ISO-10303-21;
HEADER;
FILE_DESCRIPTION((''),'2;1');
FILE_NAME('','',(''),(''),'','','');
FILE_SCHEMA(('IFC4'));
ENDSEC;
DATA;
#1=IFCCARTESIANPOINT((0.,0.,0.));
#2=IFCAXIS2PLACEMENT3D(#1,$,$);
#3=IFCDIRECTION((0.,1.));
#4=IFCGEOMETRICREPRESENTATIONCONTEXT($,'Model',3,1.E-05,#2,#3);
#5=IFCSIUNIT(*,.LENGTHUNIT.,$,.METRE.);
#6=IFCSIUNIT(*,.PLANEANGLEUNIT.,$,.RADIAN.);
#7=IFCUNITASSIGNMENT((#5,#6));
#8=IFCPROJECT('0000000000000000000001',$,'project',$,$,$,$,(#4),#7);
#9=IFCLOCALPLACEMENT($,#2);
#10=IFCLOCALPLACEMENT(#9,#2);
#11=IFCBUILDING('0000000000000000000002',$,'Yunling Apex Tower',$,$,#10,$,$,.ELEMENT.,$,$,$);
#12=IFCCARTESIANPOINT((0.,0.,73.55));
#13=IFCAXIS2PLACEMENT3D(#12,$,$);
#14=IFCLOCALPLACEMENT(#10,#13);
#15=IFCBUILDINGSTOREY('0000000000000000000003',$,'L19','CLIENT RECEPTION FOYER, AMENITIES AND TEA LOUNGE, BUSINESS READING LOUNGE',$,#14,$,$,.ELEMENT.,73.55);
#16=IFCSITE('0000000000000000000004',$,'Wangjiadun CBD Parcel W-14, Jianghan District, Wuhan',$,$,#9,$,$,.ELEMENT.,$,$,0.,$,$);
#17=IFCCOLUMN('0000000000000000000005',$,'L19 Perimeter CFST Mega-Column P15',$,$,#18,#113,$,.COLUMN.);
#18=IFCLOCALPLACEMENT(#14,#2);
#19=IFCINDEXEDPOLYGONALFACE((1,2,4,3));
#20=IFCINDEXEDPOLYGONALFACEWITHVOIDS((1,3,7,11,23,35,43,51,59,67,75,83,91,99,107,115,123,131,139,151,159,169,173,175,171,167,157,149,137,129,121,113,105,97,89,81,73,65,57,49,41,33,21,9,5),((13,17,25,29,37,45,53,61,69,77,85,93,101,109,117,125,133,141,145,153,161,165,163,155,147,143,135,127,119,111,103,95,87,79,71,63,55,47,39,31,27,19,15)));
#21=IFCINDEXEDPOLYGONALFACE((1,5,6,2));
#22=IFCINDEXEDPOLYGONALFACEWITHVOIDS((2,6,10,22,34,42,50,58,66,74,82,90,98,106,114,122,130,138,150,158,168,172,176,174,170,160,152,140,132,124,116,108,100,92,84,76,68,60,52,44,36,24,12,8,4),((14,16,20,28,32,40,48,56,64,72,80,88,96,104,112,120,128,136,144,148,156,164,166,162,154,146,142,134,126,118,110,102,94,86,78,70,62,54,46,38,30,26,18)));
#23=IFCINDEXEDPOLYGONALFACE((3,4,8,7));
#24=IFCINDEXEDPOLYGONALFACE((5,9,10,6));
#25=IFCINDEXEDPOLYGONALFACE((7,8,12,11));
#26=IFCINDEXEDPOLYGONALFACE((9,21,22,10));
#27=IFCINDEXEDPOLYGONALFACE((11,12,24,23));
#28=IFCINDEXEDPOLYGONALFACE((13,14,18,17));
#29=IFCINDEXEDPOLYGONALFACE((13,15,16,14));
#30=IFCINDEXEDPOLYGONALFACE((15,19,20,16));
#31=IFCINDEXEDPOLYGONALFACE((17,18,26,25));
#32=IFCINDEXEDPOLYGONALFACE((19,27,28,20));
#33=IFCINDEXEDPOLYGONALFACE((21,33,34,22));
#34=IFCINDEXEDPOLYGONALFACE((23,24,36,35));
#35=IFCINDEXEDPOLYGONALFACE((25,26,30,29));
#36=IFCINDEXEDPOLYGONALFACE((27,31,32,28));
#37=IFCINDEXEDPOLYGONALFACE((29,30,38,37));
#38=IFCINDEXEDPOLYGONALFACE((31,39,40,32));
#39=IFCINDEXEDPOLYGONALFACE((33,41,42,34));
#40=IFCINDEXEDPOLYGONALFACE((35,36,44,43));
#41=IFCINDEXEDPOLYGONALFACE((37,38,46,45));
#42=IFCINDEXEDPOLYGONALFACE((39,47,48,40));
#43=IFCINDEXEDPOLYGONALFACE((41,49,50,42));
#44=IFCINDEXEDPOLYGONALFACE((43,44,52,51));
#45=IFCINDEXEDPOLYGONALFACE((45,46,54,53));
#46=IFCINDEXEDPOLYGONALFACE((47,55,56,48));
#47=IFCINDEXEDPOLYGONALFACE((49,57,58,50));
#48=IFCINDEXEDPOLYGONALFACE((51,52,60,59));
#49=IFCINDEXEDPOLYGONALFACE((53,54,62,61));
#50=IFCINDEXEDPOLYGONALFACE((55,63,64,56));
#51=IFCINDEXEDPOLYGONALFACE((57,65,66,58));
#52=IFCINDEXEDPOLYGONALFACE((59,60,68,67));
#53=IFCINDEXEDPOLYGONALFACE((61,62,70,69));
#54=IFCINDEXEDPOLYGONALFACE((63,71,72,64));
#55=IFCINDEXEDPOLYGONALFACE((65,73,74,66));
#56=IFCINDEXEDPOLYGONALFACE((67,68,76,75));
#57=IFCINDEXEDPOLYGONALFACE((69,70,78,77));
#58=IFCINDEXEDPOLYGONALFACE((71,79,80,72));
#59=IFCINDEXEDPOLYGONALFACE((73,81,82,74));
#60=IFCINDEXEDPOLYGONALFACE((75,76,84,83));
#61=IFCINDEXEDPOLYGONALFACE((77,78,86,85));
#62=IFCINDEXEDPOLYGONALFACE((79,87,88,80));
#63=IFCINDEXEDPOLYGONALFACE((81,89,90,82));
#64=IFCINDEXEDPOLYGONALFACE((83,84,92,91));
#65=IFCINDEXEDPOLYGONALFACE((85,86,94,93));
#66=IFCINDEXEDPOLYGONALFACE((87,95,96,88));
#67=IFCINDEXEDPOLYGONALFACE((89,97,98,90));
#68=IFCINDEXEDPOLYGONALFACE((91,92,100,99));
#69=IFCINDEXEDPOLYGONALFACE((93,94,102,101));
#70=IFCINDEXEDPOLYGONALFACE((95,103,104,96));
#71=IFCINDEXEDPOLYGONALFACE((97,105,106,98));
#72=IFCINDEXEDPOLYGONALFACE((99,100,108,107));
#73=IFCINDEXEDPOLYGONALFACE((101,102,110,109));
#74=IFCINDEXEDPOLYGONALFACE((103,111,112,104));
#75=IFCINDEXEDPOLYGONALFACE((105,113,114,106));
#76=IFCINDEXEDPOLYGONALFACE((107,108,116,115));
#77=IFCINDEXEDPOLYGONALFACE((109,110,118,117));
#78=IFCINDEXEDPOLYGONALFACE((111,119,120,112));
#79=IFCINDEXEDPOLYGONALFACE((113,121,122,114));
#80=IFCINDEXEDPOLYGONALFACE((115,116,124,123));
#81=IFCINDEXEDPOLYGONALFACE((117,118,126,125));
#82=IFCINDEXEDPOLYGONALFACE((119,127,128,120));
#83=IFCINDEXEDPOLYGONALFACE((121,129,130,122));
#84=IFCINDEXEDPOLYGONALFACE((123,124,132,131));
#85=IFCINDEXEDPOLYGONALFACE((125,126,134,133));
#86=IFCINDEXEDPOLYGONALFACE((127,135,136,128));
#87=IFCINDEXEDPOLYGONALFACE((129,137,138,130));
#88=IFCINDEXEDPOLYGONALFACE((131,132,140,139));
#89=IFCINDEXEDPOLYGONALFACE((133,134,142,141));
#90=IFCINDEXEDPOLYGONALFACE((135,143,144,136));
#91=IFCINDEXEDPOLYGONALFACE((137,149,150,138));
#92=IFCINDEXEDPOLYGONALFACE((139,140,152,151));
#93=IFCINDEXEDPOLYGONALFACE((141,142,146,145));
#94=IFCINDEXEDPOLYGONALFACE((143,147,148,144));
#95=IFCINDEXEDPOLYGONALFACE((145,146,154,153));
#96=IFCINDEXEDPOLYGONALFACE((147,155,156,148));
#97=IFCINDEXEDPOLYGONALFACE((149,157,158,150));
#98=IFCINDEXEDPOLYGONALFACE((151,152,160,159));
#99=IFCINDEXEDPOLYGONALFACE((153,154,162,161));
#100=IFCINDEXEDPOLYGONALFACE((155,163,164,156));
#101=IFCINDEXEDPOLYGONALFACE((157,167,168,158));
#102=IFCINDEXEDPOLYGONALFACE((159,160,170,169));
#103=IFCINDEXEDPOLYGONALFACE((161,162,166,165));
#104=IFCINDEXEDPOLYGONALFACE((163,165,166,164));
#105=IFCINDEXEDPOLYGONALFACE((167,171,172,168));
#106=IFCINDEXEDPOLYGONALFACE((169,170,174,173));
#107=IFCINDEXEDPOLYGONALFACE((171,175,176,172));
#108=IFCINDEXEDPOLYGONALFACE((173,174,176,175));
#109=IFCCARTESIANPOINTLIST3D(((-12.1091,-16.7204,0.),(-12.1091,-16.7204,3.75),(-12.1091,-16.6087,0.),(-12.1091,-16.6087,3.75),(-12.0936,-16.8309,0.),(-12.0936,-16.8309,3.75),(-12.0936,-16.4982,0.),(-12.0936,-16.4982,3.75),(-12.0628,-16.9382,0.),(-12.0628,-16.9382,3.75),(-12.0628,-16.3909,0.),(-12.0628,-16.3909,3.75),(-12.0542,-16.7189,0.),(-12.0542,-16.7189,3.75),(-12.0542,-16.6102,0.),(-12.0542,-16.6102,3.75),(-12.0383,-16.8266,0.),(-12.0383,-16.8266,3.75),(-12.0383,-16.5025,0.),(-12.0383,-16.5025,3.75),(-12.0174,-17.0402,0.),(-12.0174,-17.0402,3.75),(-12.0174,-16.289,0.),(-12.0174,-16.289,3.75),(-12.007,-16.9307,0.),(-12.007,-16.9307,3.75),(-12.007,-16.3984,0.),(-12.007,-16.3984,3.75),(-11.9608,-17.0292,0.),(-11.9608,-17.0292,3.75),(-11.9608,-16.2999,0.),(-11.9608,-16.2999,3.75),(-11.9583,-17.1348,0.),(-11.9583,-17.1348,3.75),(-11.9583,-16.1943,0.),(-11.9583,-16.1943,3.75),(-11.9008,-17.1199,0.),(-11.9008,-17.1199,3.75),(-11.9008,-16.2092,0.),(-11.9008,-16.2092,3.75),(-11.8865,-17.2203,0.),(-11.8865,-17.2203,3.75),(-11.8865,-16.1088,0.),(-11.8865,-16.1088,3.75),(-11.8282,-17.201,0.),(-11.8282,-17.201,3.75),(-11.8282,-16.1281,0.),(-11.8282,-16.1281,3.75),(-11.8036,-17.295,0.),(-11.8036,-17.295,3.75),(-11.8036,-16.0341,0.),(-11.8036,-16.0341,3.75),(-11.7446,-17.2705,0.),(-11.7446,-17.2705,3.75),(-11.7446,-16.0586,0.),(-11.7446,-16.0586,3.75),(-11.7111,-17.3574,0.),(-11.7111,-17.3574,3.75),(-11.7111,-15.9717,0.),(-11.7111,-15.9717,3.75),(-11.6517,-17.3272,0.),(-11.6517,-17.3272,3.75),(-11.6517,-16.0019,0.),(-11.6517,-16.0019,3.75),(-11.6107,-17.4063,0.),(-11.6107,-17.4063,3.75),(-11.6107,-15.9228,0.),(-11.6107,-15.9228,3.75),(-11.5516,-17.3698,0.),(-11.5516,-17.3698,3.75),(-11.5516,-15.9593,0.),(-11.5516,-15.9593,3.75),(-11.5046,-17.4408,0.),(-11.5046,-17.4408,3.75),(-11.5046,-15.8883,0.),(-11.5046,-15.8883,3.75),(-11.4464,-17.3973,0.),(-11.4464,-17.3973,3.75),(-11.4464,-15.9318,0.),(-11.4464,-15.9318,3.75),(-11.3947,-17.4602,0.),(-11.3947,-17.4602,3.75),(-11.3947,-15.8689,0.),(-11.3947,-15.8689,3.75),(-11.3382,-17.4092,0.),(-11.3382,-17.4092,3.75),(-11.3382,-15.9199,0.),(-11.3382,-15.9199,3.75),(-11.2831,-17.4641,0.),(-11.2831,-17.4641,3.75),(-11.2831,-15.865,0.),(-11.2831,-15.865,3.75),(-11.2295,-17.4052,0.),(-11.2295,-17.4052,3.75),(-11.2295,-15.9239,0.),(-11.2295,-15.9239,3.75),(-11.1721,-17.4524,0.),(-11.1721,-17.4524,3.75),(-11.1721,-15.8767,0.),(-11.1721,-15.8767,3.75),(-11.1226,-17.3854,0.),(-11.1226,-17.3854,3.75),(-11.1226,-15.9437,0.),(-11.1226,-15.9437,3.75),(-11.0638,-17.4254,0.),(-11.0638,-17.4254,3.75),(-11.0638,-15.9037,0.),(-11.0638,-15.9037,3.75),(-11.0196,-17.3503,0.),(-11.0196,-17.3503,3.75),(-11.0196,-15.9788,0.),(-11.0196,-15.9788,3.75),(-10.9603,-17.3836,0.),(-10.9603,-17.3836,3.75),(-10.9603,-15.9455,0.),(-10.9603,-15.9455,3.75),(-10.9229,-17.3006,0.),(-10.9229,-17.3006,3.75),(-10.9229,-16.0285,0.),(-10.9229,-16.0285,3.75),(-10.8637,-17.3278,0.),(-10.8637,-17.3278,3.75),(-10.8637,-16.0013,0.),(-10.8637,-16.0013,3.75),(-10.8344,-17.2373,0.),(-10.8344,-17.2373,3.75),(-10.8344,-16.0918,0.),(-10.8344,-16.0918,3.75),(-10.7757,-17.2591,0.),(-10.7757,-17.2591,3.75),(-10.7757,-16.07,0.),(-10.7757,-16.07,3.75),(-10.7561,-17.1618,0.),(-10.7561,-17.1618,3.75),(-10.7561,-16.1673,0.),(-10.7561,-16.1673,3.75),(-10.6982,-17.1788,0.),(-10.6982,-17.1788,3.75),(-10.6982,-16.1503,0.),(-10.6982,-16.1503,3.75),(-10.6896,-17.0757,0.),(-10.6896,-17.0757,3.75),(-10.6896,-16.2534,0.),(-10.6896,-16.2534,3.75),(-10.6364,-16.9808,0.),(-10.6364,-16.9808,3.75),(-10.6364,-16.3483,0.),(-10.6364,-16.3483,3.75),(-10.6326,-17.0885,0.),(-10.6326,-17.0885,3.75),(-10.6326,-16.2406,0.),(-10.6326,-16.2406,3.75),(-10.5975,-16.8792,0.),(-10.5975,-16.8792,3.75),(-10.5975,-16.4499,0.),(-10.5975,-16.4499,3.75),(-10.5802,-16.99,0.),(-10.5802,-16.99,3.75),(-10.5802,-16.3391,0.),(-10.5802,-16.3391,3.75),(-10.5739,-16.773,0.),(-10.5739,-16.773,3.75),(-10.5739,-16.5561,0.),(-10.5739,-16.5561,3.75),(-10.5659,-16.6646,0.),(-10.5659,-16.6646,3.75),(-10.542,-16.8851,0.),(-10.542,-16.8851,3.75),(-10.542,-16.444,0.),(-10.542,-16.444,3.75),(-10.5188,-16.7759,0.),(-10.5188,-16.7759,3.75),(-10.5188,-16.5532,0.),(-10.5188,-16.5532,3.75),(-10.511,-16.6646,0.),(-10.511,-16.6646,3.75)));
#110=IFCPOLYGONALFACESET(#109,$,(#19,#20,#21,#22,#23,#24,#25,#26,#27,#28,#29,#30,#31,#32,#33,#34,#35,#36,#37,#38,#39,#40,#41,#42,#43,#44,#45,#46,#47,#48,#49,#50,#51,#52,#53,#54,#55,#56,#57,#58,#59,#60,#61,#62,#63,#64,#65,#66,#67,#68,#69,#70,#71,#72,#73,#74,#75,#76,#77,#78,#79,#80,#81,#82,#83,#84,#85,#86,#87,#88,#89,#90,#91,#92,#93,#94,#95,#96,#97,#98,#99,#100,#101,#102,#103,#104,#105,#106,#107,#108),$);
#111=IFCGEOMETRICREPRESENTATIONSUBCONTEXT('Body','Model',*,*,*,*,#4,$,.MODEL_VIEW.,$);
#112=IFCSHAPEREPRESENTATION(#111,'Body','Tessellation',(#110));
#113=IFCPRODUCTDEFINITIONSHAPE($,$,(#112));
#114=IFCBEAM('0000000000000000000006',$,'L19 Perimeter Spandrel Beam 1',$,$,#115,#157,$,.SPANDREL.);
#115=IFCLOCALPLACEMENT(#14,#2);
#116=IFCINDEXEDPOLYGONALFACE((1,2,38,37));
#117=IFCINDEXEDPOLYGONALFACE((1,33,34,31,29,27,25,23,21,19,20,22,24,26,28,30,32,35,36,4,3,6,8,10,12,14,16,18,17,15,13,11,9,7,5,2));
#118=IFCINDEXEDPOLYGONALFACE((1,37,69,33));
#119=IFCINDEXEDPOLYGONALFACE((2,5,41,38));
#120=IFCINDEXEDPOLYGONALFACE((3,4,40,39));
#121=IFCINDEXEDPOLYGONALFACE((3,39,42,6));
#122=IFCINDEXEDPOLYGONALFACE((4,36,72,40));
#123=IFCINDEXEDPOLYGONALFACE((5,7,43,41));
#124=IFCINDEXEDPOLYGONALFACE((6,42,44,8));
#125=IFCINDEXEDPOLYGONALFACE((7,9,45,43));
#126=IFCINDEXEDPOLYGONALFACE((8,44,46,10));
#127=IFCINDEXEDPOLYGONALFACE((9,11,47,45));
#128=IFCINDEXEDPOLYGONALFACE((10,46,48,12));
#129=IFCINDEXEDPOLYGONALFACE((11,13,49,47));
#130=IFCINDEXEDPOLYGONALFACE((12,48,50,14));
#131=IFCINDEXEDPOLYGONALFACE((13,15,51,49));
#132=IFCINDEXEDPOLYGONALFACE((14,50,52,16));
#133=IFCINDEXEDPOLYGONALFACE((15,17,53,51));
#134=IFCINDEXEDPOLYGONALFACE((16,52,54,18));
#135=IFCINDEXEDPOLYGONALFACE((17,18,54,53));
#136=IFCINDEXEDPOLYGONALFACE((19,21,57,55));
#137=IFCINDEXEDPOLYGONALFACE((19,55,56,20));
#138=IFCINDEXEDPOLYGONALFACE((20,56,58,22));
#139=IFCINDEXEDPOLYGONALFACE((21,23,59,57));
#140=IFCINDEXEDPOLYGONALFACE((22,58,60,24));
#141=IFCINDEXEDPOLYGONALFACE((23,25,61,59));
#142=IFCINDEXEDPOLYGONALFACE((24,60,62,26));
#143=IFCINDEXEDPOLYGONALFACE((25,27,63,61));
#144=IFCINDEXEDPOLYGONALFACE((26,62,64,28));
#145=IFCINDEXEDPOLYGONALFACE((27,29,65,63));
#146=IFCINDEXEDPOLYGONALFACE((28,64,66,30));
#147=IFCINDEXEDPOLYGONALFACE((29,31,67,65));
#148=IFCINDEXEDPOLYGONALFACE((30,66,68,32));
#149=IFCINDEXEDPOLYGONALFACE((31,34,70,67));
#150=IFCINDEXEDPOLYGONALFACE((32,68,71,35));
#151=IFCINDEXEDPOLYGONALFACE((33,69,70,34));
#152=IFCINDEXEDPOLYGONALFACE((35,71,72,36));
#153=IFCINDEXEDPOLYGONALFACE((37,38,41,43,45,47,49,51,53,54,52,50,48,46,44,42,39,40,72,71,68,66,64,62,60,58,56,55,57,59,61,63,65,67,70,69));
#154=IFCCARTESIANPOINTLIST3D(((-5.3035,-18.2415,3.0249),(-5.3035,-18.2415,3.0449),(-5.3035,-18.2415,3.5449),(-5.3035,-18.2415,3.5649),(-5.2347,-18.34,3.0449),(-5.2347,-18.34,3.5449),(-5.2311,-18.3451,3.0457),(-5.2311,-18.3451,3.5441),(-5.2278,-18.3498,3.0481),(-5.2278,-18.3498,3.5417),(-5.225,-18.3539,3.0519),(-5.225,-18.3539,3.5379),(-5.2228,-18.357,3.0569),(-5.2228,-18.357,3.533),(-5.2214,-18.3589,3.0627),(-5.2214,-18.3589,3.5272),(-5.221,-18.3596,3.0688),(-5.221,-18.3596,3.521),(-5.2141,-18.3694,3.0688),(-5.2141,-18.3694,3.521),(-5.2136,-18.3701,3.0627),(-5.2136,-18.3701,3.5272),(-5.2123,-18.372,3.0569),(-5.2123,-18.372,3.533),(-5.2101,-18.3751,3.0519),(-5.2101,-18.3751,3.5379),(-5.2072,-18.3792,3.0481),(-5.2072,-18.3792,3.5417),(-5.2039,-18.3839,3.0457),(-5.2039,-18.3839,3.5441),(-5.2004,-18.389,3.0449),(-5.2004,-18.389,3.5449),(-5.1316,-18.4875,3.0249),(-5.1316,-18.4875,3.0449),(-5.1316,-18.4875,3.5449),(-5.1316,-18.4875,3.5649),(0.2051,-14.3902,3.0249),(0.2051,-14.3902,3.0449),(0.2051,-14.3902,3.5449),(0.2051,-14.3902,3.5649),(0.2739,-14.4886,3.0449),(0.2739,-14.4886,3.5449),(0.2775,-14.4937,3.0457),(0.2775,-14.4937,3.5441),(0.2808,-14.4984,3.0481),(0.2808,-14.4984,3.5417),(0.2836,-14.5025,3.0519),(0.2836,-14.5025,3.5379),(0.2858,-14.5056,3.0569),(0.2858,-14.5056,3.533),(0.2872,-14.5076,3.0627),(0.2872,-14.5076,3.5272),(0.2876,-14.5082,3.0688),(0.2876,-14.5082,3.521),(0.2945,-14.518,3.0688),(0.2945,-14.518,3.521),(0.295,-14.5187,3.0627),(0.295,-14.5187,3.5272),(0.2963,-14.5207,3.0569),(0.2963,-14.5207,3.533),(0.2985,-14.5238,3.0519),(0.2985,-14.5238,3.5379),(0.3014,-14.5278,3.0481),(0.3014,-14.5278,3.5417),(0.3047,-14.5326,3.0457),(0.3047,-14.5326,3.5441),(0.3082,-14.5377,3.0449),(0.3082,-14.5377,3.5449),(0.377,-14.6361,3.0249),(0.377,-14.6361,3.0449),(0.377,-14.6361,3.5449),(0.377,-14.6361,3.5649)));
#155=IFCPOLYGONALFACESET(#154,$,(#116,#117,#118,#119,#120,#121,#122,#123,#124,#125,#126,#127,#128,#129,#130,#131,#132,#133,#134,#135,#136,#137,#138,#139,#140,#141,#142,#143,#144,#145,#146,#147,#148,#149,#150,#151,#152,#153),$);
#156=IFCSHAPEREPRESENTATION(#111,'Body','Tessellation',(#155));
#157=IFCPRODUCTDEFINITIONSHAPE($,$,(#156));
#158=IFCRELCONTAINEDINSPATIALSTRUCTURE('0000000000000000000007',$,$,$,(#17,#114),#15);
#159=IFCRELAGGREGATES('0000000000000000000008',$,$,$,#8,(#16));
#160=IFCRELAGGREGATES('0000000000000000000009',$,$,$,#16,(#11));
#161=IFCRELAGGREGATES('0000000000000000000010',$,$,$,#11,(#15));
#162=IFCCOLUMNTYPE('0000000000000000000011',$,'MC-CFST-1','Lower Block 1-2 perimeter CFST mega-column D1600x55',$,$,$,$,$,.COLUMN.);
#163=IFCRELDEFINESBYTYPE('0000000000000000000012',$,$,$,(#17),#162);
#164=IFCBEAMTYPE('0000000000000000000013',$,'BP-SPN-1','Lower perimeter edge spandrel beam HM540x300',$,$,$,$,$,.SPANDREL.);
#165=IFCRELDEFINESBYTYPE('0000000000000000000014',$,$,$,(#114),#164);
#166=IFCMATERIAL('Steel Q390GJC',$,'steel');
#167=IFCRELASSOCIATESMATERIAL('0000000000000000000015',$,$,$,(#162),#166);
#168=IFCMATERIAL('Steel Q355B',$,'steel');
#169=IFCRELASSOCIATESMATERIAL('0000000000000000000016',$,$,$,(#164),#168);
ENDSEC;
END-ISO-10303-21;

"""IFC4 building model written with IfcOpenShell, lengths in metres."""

from ifc_helpers import new_model, si_unit, direction, frame, origin, origin_2d, place, context, subcontext, project, spatial, hollow_circle, i_section, extrude, source, transform, mapped, material, material_profile, profile_set, type_object, element, save


model = new_model("IFC4")

# Units and contexts
model_context = context("Model", 3, precision=1e-05, world=origin(), true_north=direction((0.0, 1.0)))
body_context = subcontext(model_context, "Body", "Model", "MODEL_VIEW")
ifc_project = project(units=[si_unit("LENGTHUNIT", "METRE"), si_unit("PLANEANGLEUNIT", "RADIAN")], contexts=[model_context])

# Site, building, storey
site_placement = place(None, origin())
site = spatial("IfcSite", under=ifc_project, at=site_placement, Name="Wangjiadun CBD Parcel W-14, Jianghan District, Wuhan", CompositionType="ELEMENT", RefElevation=0.0)
building_placement = place(site_placement, origin())
building = spatial("IfcBuilding", under=site, at=building_placement, Name="Yunling Apex Tower", CompositionType="ELEMENT")
storey_placement = place(building_placement, frame((0.0, 0.0, 73.55)))
storey = spatial("IfcBuildingStorey", under=building, at=storey_placement, Name="L19", Description="CLIENT RECEPTION FOYER, AMENITIES AND TEA LOUNGE, BUSINESS READING LOUNGE", CompositionType="ELEMENT", Elevation=73.55)

# Column
ifc_material_1 = material(Name="Steel Q390GJC", Category="steel")
ifc_material_profile_1 = material_profile(ifc_material_1, hollow_circle(Radius=0.8, WallThickness=0.0549, at=origin_2d()))
ifc_profile_set_1 = profile_set([ifc_material_profile_1], Name="Steel Q390GJC")
column_type = type_object("IfcColumnType", Name="MC-CFST-1", Description="Lower Block 1-2 perimeter CFST mega-column D1600x55", PredefinedType="COLUMN", material=ifc_profile_set_1)
shared_shape_1 = source(origin(), body_context, "Body", "SweptSolid", [
    extrude(hollow_circle(Radius=0.8, WallThickness=0.0549, at=origin_2d()), origin(), (0.0, 0.0, 1.0), 3.75),
])
for number, where, z_axis, x_axis, name in (
    (1, (-11.311, -16.6646, 0.0), (0.0, 0.0, 1.0), (1.0, 0.0, 0.0), "L19 Perimeter CFST Mega-Column P15"),
):
    element("IfcColumn", number, at=place(storey_placement, frame(where, z_axis=z_axis, x_axis=x_axis)), inside=storey, type_object=column_type, Name=name, PredefinedType="COLUMN", context=body_context, shape_type="MappedRepresentation", body=[
        mapped(shared_shape_1, transform((0.0, 0.0, 0.0), scale=1.0)),
    ])

# Beam
ifc_material_2 = material(Name="Steel Q355B", Category="steel")
ifc_material_profile_2 = material_profile(ifc_material_2, i_section(OverallWidth=0.3, OverallDepth=0.54, WebThickness=0.012, FlangeThickness=0.02, FilletRadius=0.0239, at=origin_2d()))
ifc_profile_set_2 = profile_set([ifc_material_profile_2], Name="Steel Q355B")
beam_type_1 = type_object("IfcBeamType", Name="BP-SPN-1", Description="Lower perimeter edge spandrel beam HM540x300", PredefinedType="SPANDREL", material=ifc_profile_set_2)
shared_shape_2 = source(origin(), body_context, "Body", "SweptSolid", [
    extrude(i_section(OverallWidth=0.3, OverallDepth=0.54, WebThickness=0.012, FlangeThickness=0.02, FilletRadius=0.0239, at=origin_2d()), origin(), (0.0, 0.0, 1.0), 6.7214),
])
beam_1_placement = place(storey_placement, frame((-5.2175, -18.3645, 3.2949), z_axis=(0.819558, 0.572997, 0.0), x_axis=(-0.572997, 0.819558, 0.0)))
element("IfcBeam", 2, at=beam_1_placement, inside=storey, type_object=beam_type_1, Name="L19 Perimeter Spandrel Beam 1", PredefinedType="SPANDREL", context=body_context, shape_type="MappedRepresentation", body=[
    mapped(shared_shape_2, transform((0.0, 0.0, 0.0), scale=1.0)),
])

save(model, "model.ifc")
